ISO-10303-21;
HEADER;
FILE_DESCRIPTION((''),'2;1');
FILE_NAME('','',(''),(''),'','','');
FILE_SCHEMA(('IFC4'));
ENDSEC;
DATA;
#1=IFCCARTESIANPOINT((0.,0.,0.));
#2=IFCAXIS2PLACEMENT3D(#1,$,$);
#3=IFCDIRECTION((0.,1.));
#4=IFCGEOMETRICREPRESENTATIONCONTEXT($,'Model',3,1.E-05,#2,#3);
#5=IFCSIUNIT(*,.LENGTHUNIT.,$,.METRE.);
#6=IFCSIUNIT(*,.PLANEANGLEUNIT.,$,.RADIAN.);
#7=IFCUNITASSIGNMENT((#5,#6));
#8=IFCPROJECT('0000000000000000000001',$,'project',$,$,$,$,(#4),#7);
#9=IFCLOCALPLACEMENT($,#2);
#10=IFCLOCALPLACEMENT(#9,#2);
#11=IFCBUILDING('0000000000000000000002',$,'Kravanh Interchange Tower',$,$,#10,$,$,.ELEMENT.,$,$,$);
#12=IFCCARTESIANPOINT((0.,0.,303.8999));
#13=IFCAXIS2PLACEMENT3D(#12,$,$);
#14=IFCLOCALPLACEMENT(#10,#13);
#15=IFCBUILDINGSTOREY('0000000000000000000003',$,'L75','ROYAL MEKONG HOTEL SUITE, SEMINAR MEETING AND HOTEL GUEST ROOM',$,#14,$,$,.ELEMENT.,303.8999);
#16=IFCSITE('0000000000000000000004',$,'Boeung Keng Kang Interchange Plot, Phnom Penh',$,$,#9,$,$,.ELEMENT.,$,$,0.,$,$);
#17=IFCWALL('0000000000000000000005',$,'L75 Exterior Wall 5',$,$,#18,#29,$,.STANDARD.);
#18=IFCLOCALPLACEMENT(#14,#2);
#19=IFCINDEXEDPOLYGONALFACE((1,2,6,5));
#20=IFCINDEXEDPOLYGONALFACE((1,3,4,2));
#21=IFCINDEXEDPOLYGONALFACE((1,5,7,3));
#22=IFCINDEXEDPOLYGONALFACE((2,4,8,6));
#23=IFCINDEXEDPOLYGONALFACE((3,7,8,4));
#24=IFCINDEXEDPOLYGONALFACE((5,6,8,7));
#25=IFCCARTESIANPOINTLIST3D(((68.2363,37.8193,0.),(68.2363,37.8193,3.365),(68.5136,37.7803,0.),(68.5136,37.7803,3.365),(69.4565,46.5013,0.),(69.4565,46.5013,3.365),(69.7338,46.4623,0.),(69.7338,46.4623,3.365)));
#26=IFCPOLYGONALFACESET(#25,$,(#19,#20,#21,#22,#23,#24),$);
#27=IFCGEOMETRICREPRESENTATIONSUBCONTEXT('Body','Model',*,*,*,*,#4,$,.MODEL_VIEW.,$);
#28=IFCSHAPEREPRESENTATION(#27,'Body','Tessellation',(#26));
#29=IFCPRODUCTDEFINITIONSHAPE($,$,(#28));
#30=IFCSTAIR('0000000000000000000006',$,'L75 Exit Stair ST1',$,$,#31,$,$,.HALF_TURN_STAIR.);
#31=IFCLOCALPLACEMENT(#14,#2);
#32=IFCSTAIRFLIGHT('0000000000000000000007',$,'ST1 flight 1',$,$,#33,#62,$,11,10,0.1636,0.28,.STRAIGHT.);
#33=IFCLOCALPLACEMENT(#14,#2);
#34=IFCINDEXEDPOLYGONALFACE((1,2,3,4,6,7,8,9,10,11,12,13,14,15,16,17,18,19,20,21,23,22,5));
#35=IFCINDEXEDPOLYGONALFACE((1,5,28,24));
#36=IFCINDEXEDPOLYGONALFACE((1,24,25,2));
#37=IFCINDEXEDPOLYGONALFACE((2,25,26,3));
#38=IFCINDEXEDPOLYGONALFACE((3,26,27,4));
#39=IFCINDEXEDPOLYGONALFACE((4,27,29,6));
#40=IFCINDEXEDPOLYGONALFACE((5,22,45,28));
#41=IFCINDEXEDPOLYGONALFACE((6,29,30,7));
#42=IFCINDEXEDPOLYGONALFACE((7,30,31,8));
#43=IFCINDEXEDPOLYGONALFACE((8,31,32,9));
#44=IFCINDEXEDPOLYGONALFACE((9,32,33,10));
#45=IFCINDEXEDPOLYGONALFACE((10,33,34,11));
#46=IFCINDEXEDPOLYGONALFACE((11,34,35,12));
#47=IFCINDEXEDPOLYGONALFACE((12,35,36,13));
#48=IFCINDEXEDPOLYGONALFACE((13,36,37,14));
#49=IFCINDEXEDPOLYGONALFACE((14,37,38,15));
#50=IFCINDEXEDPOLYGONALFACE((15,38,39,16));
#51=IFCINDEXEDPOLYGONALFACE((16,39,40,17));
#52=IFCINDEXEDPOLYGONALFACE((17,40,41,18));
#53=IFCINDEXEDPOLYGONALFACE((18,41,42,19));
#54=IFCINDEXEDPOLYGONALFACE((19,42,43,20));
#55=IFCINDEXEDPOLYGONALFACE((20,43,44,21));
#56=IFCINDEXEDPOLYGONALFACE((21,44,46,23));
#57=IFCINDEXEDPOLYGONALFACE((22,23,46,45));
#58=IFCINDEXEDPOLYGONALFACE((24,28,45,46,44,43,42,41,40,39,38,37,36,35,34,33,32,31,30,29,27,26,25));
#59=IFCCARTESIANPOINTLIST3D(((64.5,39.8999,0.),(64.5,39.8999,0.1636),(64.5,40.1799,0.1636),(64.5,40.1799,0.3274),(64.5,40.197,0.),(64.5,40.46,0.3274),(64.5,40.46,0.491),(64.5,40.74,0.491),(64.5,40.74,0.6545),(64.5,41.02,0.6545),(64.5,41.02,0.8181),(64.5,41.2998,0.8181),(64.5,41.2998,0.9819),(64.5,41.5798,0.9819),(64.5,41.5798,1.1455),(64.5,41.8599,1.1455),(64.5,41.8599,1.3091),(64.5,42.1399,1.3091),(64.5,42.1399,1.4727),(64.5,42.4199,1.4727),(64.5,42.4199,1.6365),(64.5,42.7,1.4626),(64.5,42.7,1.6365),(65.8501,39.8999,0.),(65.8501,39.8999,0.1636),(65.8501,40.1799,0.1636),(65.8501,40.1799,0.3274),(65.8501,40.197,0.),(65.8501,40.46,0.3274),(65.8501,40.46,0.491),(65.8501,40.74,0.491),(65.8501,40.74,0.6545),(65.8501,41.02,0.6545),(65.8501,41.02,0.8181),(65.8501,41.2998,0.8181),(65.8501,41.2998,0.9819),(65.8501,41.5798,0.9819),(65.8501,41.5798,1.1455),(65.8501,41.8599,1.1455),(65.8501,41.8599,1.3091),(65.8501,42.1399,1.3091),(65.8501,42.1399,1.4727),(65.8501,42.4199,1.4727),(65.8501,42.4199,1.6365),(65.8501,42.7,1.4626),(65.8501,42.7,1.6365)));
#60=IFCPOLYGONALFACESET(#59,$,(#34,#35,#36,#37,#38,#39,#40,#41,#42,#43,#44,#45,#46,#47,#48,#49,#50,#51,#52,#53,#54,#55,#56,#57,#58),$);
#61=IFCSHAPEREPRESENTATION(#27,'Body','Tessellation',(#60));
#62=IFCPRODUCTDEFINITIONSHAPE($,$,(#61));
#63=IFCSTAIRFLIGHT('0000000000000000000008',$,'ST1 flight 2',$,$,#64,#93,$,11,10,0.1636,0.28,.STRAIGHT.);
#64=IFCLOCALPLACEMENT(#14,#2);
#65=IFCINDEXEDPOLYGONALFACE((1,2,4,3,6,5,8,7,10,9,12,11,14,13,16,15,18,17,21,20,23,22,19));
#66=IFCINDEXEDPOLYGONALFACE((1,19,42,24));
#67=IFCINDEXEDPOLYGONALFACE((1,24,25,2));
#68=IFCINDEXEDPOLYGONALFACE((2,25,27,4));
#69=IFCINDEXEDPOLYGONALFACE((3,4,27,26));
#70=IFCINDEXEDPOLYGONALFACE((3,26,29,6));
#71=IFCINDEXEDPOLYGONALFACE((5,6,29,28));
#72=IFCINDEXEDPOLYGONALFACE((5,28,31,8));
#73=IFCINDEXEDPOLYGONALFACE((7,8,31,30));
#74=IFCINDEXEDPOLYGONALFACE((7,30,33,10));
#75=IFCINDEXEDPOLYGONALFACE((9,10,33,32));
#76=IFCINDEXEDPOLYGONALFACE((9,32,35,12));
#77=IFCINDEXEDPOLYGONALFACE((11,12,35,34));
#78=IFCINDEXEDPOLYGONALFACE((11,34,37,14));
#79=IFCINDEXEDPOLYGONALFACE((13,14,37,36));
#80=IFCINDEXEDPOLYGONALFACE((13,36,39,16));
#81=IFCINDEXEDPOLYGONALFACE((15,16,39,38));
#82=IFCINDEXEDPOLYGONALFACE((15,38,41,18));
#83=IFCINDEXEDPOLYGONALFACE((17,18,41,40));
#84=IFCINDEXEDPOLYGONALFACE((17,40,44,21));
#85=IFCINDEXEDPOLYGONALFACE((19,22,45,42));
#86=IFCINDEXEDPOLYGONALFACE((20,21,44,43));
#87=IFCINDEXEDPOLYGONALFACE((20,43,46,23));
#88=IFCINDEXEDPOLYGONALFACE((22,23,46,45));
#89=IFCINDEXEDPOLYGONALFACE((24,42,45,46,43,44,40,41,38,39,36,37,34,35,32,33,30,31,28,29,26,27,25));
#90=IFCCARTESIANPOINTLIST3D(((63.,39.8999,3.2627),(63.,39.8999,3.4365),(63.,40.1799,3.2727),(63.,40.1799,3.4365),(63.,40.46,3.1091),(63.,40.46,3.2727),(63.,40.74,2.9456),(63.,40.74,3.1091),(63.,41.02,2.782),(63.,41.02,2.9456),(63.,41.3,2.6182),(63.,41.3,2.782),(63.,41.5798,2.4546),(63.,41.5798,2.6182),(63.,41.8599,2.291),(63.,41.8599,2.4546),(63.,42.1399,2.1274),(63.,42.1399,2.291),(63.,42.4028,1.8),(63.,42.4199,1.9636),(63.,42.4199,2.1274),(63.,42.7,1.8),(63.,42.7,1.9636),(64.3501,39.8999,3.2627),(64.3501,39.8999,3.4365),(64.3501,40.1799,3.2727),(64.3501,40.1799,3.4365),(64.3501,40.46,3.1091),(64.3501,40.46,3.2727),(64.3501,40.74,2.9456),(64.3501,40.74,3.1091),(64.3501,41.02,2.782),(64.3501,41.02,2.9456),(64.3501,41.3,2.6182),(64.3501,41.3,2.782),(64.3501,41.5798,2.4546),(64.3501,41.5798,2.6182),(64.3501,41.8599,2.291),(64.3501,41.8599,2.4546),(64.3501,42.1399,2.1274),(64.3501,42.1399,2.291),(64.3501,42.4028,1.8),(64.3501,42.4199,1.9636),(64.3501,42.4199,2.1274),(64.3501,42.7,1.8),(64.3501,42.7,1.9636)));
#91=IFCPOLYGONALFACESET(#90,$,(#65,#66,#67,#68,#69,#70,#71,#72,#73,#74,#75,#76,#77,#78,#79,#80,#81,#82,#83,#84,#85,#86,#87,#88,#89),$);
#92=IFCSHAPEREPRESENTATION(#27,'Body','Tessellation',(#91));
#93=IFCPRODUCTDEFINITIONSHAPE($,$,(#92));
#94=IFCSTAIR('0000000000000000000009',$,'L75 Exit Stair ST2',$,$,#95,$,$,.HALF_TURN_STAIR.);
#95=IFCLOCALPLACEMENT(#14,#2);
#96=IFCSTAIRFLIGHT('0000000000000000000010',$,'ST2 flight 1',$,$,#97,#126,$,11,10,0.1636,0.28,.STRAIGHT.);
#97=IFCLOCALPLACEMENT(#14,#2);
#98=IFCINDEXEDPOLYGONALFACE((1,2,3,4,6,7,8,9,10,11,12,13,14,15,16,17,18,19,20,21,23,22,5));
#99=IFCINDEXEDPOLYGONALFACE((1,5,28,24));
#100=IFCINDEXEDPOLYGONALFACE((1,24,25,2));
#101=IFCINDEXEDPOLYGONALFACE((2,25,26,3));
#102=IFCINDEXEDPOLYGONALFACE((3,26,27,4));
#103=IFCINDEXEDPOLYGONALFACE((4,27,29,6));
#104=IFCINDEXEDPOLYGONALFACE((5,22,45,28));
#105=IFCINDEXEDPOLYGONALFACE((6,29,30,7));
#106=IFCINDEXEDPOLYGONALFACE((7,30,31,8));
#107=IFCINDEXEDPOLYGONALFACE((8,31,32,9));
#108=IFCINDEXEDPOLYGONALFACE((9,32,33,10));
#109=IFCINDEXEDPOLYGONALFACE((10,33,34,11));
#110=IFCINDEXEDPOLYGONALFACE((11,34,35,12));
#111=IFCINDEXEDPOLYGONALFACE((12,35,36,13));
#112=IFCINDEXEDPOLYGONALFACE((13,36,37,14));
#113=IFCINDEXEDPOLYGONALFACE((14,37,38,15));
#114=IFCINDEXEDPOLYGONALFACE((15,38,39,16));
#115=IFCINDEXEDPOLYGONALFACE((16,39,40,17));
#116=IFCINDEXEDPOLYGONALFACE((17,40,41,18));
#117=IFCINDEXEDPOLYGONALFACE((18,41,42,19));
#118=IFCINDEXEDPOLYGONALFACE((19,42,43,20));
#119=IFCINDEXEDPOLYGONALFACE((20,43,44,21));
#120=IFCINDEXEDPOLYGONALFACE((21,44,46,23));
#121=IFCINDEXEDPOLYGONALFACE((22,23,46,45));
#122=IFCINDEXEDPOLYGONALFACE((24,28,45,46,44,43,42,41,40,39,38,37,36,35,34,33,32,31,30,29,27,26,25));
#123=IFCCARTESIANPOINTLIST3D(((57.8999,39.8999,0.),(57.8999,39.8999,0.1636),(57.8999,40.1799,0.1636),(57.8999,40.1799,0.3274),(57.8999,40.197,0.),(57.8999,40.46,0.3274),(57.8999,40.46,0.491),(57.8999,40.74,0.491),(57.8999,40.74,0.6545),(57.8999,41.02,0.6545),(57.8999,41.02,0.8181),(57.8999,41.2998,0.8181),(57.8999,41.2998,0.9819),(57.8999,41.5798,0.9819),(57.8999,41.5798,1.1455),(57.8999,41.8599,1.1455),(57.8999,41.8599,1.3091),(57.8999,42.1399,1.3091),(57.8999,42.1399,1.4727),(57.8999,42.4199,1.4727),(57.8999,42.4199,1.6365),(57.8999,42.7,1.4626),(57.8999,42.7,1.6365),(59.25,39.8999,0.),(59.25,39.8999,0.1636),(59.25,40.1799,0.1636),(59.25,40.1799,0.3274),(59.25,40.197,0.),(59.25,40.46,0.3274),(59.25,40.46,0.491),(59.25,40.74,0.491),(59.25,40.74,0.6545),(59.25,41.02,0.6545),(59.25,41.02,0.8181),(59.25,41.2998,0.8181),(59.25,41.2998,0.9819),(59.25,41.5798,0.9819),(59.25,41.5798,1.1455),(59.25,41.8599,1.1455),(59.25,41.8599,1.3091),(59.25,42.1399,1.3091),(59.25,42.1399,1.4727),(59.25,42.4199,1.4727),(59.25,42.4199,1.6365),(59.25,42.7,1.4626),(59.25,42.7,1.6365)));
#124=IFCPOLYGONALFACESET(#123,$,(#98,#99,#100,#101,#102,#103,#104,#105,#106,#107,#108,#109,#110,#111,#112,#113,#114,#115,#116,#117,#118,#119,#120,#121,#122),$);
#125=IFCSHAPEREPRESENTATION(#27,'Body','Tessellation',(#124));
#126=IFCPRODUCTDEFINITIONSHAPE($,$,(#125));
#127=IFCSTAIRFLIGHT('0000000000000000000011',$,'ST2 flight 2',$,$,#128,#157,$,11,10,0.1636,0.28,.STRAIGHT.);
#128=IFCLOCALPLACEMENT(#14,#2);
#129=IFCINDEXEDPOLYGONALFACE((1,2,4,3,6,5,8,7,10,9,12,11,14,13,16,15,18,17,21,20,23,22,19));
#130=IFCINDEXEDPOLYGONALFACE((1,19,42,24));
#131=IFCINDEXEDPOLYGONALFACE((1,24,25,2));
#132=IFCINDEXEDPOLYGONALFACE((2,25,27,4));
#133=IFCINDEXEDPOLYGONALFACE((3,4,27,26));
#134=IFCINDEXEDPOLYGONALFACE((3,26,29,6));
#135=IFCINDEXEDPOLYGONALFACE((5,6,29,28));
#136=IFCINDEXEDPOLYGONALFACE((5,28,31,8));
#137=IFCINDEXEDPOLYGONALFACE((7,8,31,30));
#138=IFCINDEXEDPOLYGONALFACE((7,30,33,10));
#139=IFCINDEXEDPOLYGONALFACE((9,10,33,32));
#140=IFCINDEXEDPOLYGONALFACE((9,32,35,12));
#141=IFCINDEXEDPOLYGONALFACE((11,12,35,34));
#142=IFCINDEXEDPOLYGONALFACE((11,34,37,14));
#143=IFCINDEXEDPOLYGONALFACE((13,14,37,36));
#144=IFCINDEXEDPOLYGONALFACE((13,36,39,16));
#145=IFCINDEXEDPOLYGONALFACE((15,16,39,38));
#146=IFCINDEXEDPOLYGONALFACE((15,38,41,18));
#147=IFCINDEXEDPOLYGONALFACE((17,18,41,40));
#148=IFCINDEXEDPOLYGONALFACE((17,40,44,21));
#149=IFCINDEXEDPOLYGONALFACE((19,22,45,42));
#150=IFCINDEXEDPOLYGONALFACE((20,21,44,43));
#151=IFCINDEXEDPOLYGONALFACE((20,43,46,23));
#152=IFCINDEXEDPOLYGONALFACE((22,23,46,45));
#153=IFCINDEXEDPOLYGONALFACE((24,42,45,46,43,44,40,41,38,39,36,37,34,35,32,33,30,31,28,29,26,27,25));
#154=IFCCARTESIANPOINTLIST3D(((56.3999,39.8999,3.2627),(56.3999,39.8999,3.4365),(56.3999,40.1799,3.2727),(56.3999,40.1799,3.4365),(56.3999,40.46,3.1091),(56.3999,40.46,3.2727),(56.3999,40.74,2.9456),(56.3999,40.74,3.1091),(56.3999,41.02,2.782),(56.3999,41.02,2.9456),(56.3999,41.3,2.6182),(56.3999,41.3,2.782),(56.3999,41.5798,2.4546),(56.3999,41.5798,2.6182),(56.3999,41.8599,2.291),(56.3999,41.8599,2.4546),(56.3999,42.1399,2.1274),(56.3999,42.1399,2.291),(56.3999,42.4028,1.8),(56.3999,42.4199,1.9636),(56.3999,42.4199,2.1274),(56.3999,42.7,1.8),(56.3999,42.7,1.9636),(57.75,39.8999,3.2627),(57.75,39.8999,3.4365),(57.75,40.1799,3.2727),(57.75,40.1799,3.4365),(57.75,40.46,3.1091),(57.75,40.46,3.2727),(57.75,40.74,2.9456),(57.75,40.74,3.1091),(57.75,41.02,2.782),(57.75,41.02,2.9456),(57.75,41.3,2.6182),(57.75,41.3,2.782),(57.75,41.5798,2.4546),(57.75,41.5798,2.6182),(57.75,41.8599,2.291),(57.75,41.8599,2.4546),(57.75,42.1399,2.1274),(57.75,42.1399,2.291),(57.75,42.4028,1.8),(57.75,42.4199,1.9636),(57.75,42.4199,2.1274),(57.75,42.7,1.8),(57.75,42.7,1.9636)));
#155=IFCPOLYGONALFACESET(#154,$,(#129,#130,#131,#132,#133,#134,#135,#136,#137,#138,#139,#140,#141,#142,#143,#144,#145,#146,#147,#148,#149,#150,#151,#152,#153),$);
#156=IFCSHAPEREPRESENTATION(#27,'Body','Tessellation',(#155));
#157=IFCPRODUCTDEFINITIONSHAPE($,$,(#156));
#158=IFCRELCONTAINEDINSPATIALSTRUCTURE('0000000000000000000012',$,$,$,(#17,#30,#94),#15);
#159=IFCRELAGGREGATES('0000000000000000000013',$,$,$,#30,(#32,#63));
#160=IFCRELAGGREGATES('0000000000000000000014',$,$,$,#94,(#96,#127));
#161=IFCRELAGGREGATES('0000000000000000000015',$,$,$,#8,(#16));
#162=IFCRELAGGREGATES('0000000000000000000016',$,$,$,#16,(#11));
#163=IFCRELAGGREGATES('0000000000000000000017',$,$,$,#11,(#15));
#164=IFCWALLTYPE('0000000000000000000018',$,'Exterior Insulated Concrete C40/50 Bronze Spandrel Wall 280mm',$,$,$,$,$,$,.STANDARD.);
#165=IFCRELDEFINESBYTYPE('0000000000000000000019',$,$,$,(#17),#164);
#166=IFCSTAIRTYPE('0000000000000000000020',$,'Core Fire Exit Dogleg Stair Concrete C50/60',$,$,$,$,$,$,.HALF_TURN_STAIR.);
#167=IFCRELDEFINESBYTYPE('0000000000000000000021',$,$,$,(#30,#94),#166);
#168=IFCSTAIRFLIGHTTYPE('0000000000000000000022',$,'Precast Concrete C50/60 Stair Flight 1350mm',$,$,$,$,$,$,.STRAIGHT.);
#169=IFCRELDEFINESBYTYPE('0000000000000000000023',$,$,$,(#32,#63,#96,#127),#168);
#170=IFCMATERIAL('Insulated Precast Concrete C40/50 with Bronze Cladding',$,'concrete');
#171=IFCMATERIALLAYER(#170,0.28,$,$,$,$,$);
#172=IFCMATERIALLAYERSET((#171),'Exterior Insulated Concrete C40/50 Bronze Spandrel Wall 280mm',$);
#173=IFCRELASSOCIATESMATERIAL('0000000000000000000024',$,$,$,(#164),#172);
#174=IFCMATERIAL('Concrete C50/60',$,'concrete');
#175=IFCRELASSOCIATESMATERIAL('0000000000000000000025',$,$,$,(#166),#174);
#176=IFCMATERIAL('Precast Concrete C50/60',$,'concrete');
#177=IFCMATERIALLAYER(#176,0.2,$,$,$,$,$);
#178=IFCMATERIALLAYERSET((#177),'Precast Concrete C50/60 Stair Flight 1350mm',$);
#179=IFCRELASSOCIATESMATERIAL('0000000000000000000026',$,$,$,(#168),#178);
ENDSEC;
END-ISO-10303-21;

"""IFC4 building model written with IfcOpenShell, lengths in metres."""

from ifc_helpers import new_model, si_unit, direction, frame, frame_2d, origin, place, context, subcontext, project, spatial, polyline, rectangle, outline, extrude, material, layer, layer_set, type_object, element, aggregate, save


model = new_model("IFC4")

# Units and contexts
model_context = context("Model", 3, precision=1e-05, world=origin(), true_north=direction((0.0, 1.0)))
body_context = subcontext(model_context, "Body", "Model", "MODEL_VIEW")
ifc_project = project(units=[si_unit("LENGTHUNIT", "METRE"), si_unit("PLANEANGLEUNIT", "RADIAN")], contexts=[model_context])

# Site, building, storey
site_placement = place(None, origin())
site = spatial("IfcSite", under=ifc_project, at=site_placement, Name="Boeung Keng Kang Interchange Plot, Phnom Penh", CompositionType="ELEMENT", RefElevation=0.0)
building_placement = place(site_placement, origin())
building = spatial("IfcBuilding", under=site, at=building_placement, Name="Kravanh Interchange Tower", CompositionType="ELEMENT")
storey_placement = place(building_placement, frame((0.0, 0.0, 303.8999)))
storey = spatial("IfcBuildingStorey", under=building, at=storey_placement, Name="L75", Description="ROYAL MEKONG HOTEL SUITE, SEMINAR MEETING AND HOTEL GUEST ROOM", CompositionType="ELEMENT", Elevation=303.8999)

# Wall
ifc_material_1 = material(Name="Insulated Precast Concrete C40/50 with Bronze Cladding", Category="concrete")
ifc_layer_1 = layer(ifc_material_1, 0.28)
ifc_layer_set_1 = layer_set([ifc_layer_1], Name="Exterior Insulated Concrete C40/50 Bronze Spandrel Wall 280mm")
wall_type_1 = type_object("IfcWallType", Name="Exterior Insulated Concrete C40/50 Bronze Spandrel Wall 280mm", PredefinedType="STANDARD", material=ifc_layer_set_1)
wall_1_placement = place(storey_placement, frame((69.5952, 46.4819, 0.0), z_axis=(0.0, 0.0, 1.0), x_axis=(-0.139179, -0.990267, 0.0)))
element("IfcWall", 1, at=wall_1_placement, inside=storey, type_object=wall_type_1, Name="L75 Exterior Wall 5", PredefinedType="STANDARD", context=body_context, shape_type="SweptSolid", body=[
    extrude(rectangle(XDim=8.7673, YDim=0.28, at=frame_2d((4.3838, 0.0))), origin(), (0.0, 0.0, 1.0), 3.365),
])

# Stairs, stair flights
ifc_material_2 = material(Name="Concrete C50/60", Category="concrete")
stair_type = type_object("IfcStairType", Name="Core Fire Exit Dogleg Stair Concrete C50/60", PredefinedType="HALF_TURN_STAIR", material=ifc_material_2)
stair_1_placement = place(storey_placement, origin())
stair_1 = element("IfcStair", 2, at=stair_1_placement, inside=storey, type_object=stair_type, Name="L75 Exit Stair ST1", PredefinedType="HALF_TURN_STAIR")
ifc_material_3 = material(Name="Precast Concrete C50/60", Category="concrete")
ifc_layer_2 = layer(ifc_material_3, 0.2)
ifc_layer_set_2 = layer_set([ifc_layer_2], Name="Precast Concrete C50/60 Stair Flight 1350mm")
stair_flight_type = type_object("IfcStairFlightType", Name="Precast Concrete C50/60 Stair Flight 1350mm", PredefinedType="STRAIGHT", material=ifc_layer_set_2)
stair_flight_1_placement = place(storey_placement, frame((65.175, 39.8999, 0.0), z_axis=(0.0, 0.0, 1.0), x_axis=(0.0, 1.0, 0.0)))
stair_flight_1 = element("IfcStairFlight", 3, at=stair_flight_1_placement, type_object=stair_flight_type, Name="ST1 flight 1", NumberOfRisers=11, NumberOfTreads=10, PredefinedType="STRAIGHT", RiserHeight=0.1636, TreadLength=0.28, context=body_context, shape_type="SweptSolid", body=[
    extrude(outline(polyline([(0.0, 0.0), (0.0, 0.1636), (0.28, 0.1636), (0.28, 0.3274), (0.5601, 0.3274), (0.5601, 0.491), (0.8401, 0.491), (0.8401, 0.6545), (1.1201, 0.6545), (1.1201, 0.8181), (1.3999, 0.8181), (1.3999, 0.9819), (1.6799, 0.9819), (1.6799, 1.1455), (1.96, 1.1455), (1.96, 1.3091), (2.24, 1.3091), (2.24, 1.4727), (2.52, 1.4727), (2.52, 1.6365), (2.8, 1.6365), (2.8, 1.8), (2.8, 1.4626), (0.2971, 0.0), (0.0, 0.0)])), frame((0.0, 0.675, 0.0), z_axis=(0.0, -1.0, 0.0), x_axis=(1.0, 0.0, 0.0)), (0.0, 0.0, 1.0), 1.3501),
])
stair_flight_2_placement = place(storey_placement, frame((63.675, 42.7, 1.8), z_axis=(0.0, 0.0, 1.0), x_axis=(0.0, -1.0, 0.0)))
stair_flight_2 = element("IfcStairFlight", 4, at=stair_flight_2_placement, type_object=stair_flight_type, Name="ST1 flight 2", NumberOfRisers=11, NumberOfTreads=10, PredefinedType="STRAIGHT", RiserHeight=0.1636, TreadLength=0.28, context=body_context, shape_type="SweptSolid", body=[
    extrude(outline(polyline([(0.0, 0.0), (0.0, 0.1636), (0.28, 0.1636), (0.28, 0.3274), (0.5601, 0.3274), (0.5601, 0.491), (0.8401, 0.491), (0.8401, 0.6545), (1.1201, 0.6545), (1.1201, 0.8181), (1.3999, 0.8181), (1.3999, 0.9819), (1.6799, 0.9819), (1.6799, 1.1455), (1.96, 1.1455), (1.96, 1.3091), (2.24, 1.3091), (2.24, 1.4727), (2.52, 1.4727), (2.52, 1.6365), (2.8, 1.6365), (2.8, 1.8), (2.8, 1.4626), (0.2971, 0.0), (0.0, 0.0)])), frame((0.0, 0.675, 0.0), z_axis=(0.0, -1.0, 0.0), x_axis=(1.0, 0.0, 0.0)), (0.0, 0.0, 1.0), 1.3501),
])
aggregate(stair_1, [stair_flight_1, stair_flight_2])
stair_2_placement = place(storey_placement, origin())
stair_2 = element("IfcStair", 5, at=stair_2_placement, inside=storey, type_object=stair_type, Name="L75 Exit Stair ST2", PredefinedType="HALF_TURN_STAIR")
stair_flight_3_placement = place(storey_placement, frame((58.575, 39.8999, 0.0), z_axis=(0.0, 0.0, 1.0), x_axis=(0.0, 1.0, 0.0)))
stair_flight_3 = element("IfcStairFlight", 6, at=stair_flight_3_placement, type_object=stair_flight_type, Name="ST2 flight 1", NumberOfRisers=11, NumberOfTreads=10, PredefinedType="STRAIGHT", RiserHeight=0.1636, TreadLength=0.28, context=body_context, shape_type="SweptSolid", body=[
    extrude(outline(polyline([(0.0, 0.0), (0.0, 0.1636), (0.28, 0.1636), (0.28, 0.3274), (0.5601, 0.3274), (0.5601, 0.491), (0.8401, 0.491), (0.8401, 0.6545), (1.1201, 0.6545), (1.1201, 0.8181), (1.3999, 0.8181), (1.3999, 0.9819), (1.6799, 0.9819), (1.6799, 1.1455), (1.96, 1.1455), (1.96, 1.3091), (2.24, 1.3091), (2.24, 1.4727), (2.52, 1.4727), (2.52, 1.6365), (2.8, 1.6365), (2.8, 1.8), (2.8, 1.4626), (0.2971, 0.0), (0.0, 0.0)])), frame((0.0, 0.675, 0.0), z_axis=(0.0, -1.0, 0.0), x_axis=(1.0, 0.0, 0.0)), (0.0, 0.0, 1.0), 1.3501),
])
stair_flight_4_placement = place(storey_placement, frame((57.075, 42.7, 1.8), z_axis=(0.0, 0.0, 1.0), x_axis=(0.0, -1.0, 0.0)))
stair_flight_4 = element("IfcStairFlight", 7, at=stair_flight_4_placement, type_object=stair_flight_type, Name="ST2 flight 2", NumberOfRisers=11, NumberOfTreads=10, PredefinedType="STRAIGHT", RiserHeight=0.1636, TreadLength=0.28, context=body_context, shape_type="SweptSolid", body=[
    extrude(outline(polyline([(0.0, 0.0), (0.0, 0.1636), (0.28, 0.1636), (0.28, 0.3274), (0.5601, 0.3274), (0.5601, 0.491), (0.8401, 0.491), (0.8401, 0.6545), (1.1201, 0.6545), (1.1201, 0.8181), (1.3999, 0.8181), (1.3999, 0.9819), (1.6799, 0.9819), (1.6799, 1.1455), (1.96, 1.1455), (1.96, 1.3091), (2.24, 1.3091), (2.24, 1.4727), (2.52, 1.4727), (2.52, 1.6365), (2.8, 1.6365), (2.8, 1.8), (2.8, 1.4626), (0.2971, 0.0), (0.0, 0.0)])), frame((0.0, 0.675, 0.0), z_axis=(0.0, -1.0, 0.0), x_axis=(1.0, 0.0, 0.0)), (0.0, 0.0, 1.0), 1.3501),
])
aggregate(stair_2, [stair_flight_3, stair_flight_4])

save(model, "model.ifc")
